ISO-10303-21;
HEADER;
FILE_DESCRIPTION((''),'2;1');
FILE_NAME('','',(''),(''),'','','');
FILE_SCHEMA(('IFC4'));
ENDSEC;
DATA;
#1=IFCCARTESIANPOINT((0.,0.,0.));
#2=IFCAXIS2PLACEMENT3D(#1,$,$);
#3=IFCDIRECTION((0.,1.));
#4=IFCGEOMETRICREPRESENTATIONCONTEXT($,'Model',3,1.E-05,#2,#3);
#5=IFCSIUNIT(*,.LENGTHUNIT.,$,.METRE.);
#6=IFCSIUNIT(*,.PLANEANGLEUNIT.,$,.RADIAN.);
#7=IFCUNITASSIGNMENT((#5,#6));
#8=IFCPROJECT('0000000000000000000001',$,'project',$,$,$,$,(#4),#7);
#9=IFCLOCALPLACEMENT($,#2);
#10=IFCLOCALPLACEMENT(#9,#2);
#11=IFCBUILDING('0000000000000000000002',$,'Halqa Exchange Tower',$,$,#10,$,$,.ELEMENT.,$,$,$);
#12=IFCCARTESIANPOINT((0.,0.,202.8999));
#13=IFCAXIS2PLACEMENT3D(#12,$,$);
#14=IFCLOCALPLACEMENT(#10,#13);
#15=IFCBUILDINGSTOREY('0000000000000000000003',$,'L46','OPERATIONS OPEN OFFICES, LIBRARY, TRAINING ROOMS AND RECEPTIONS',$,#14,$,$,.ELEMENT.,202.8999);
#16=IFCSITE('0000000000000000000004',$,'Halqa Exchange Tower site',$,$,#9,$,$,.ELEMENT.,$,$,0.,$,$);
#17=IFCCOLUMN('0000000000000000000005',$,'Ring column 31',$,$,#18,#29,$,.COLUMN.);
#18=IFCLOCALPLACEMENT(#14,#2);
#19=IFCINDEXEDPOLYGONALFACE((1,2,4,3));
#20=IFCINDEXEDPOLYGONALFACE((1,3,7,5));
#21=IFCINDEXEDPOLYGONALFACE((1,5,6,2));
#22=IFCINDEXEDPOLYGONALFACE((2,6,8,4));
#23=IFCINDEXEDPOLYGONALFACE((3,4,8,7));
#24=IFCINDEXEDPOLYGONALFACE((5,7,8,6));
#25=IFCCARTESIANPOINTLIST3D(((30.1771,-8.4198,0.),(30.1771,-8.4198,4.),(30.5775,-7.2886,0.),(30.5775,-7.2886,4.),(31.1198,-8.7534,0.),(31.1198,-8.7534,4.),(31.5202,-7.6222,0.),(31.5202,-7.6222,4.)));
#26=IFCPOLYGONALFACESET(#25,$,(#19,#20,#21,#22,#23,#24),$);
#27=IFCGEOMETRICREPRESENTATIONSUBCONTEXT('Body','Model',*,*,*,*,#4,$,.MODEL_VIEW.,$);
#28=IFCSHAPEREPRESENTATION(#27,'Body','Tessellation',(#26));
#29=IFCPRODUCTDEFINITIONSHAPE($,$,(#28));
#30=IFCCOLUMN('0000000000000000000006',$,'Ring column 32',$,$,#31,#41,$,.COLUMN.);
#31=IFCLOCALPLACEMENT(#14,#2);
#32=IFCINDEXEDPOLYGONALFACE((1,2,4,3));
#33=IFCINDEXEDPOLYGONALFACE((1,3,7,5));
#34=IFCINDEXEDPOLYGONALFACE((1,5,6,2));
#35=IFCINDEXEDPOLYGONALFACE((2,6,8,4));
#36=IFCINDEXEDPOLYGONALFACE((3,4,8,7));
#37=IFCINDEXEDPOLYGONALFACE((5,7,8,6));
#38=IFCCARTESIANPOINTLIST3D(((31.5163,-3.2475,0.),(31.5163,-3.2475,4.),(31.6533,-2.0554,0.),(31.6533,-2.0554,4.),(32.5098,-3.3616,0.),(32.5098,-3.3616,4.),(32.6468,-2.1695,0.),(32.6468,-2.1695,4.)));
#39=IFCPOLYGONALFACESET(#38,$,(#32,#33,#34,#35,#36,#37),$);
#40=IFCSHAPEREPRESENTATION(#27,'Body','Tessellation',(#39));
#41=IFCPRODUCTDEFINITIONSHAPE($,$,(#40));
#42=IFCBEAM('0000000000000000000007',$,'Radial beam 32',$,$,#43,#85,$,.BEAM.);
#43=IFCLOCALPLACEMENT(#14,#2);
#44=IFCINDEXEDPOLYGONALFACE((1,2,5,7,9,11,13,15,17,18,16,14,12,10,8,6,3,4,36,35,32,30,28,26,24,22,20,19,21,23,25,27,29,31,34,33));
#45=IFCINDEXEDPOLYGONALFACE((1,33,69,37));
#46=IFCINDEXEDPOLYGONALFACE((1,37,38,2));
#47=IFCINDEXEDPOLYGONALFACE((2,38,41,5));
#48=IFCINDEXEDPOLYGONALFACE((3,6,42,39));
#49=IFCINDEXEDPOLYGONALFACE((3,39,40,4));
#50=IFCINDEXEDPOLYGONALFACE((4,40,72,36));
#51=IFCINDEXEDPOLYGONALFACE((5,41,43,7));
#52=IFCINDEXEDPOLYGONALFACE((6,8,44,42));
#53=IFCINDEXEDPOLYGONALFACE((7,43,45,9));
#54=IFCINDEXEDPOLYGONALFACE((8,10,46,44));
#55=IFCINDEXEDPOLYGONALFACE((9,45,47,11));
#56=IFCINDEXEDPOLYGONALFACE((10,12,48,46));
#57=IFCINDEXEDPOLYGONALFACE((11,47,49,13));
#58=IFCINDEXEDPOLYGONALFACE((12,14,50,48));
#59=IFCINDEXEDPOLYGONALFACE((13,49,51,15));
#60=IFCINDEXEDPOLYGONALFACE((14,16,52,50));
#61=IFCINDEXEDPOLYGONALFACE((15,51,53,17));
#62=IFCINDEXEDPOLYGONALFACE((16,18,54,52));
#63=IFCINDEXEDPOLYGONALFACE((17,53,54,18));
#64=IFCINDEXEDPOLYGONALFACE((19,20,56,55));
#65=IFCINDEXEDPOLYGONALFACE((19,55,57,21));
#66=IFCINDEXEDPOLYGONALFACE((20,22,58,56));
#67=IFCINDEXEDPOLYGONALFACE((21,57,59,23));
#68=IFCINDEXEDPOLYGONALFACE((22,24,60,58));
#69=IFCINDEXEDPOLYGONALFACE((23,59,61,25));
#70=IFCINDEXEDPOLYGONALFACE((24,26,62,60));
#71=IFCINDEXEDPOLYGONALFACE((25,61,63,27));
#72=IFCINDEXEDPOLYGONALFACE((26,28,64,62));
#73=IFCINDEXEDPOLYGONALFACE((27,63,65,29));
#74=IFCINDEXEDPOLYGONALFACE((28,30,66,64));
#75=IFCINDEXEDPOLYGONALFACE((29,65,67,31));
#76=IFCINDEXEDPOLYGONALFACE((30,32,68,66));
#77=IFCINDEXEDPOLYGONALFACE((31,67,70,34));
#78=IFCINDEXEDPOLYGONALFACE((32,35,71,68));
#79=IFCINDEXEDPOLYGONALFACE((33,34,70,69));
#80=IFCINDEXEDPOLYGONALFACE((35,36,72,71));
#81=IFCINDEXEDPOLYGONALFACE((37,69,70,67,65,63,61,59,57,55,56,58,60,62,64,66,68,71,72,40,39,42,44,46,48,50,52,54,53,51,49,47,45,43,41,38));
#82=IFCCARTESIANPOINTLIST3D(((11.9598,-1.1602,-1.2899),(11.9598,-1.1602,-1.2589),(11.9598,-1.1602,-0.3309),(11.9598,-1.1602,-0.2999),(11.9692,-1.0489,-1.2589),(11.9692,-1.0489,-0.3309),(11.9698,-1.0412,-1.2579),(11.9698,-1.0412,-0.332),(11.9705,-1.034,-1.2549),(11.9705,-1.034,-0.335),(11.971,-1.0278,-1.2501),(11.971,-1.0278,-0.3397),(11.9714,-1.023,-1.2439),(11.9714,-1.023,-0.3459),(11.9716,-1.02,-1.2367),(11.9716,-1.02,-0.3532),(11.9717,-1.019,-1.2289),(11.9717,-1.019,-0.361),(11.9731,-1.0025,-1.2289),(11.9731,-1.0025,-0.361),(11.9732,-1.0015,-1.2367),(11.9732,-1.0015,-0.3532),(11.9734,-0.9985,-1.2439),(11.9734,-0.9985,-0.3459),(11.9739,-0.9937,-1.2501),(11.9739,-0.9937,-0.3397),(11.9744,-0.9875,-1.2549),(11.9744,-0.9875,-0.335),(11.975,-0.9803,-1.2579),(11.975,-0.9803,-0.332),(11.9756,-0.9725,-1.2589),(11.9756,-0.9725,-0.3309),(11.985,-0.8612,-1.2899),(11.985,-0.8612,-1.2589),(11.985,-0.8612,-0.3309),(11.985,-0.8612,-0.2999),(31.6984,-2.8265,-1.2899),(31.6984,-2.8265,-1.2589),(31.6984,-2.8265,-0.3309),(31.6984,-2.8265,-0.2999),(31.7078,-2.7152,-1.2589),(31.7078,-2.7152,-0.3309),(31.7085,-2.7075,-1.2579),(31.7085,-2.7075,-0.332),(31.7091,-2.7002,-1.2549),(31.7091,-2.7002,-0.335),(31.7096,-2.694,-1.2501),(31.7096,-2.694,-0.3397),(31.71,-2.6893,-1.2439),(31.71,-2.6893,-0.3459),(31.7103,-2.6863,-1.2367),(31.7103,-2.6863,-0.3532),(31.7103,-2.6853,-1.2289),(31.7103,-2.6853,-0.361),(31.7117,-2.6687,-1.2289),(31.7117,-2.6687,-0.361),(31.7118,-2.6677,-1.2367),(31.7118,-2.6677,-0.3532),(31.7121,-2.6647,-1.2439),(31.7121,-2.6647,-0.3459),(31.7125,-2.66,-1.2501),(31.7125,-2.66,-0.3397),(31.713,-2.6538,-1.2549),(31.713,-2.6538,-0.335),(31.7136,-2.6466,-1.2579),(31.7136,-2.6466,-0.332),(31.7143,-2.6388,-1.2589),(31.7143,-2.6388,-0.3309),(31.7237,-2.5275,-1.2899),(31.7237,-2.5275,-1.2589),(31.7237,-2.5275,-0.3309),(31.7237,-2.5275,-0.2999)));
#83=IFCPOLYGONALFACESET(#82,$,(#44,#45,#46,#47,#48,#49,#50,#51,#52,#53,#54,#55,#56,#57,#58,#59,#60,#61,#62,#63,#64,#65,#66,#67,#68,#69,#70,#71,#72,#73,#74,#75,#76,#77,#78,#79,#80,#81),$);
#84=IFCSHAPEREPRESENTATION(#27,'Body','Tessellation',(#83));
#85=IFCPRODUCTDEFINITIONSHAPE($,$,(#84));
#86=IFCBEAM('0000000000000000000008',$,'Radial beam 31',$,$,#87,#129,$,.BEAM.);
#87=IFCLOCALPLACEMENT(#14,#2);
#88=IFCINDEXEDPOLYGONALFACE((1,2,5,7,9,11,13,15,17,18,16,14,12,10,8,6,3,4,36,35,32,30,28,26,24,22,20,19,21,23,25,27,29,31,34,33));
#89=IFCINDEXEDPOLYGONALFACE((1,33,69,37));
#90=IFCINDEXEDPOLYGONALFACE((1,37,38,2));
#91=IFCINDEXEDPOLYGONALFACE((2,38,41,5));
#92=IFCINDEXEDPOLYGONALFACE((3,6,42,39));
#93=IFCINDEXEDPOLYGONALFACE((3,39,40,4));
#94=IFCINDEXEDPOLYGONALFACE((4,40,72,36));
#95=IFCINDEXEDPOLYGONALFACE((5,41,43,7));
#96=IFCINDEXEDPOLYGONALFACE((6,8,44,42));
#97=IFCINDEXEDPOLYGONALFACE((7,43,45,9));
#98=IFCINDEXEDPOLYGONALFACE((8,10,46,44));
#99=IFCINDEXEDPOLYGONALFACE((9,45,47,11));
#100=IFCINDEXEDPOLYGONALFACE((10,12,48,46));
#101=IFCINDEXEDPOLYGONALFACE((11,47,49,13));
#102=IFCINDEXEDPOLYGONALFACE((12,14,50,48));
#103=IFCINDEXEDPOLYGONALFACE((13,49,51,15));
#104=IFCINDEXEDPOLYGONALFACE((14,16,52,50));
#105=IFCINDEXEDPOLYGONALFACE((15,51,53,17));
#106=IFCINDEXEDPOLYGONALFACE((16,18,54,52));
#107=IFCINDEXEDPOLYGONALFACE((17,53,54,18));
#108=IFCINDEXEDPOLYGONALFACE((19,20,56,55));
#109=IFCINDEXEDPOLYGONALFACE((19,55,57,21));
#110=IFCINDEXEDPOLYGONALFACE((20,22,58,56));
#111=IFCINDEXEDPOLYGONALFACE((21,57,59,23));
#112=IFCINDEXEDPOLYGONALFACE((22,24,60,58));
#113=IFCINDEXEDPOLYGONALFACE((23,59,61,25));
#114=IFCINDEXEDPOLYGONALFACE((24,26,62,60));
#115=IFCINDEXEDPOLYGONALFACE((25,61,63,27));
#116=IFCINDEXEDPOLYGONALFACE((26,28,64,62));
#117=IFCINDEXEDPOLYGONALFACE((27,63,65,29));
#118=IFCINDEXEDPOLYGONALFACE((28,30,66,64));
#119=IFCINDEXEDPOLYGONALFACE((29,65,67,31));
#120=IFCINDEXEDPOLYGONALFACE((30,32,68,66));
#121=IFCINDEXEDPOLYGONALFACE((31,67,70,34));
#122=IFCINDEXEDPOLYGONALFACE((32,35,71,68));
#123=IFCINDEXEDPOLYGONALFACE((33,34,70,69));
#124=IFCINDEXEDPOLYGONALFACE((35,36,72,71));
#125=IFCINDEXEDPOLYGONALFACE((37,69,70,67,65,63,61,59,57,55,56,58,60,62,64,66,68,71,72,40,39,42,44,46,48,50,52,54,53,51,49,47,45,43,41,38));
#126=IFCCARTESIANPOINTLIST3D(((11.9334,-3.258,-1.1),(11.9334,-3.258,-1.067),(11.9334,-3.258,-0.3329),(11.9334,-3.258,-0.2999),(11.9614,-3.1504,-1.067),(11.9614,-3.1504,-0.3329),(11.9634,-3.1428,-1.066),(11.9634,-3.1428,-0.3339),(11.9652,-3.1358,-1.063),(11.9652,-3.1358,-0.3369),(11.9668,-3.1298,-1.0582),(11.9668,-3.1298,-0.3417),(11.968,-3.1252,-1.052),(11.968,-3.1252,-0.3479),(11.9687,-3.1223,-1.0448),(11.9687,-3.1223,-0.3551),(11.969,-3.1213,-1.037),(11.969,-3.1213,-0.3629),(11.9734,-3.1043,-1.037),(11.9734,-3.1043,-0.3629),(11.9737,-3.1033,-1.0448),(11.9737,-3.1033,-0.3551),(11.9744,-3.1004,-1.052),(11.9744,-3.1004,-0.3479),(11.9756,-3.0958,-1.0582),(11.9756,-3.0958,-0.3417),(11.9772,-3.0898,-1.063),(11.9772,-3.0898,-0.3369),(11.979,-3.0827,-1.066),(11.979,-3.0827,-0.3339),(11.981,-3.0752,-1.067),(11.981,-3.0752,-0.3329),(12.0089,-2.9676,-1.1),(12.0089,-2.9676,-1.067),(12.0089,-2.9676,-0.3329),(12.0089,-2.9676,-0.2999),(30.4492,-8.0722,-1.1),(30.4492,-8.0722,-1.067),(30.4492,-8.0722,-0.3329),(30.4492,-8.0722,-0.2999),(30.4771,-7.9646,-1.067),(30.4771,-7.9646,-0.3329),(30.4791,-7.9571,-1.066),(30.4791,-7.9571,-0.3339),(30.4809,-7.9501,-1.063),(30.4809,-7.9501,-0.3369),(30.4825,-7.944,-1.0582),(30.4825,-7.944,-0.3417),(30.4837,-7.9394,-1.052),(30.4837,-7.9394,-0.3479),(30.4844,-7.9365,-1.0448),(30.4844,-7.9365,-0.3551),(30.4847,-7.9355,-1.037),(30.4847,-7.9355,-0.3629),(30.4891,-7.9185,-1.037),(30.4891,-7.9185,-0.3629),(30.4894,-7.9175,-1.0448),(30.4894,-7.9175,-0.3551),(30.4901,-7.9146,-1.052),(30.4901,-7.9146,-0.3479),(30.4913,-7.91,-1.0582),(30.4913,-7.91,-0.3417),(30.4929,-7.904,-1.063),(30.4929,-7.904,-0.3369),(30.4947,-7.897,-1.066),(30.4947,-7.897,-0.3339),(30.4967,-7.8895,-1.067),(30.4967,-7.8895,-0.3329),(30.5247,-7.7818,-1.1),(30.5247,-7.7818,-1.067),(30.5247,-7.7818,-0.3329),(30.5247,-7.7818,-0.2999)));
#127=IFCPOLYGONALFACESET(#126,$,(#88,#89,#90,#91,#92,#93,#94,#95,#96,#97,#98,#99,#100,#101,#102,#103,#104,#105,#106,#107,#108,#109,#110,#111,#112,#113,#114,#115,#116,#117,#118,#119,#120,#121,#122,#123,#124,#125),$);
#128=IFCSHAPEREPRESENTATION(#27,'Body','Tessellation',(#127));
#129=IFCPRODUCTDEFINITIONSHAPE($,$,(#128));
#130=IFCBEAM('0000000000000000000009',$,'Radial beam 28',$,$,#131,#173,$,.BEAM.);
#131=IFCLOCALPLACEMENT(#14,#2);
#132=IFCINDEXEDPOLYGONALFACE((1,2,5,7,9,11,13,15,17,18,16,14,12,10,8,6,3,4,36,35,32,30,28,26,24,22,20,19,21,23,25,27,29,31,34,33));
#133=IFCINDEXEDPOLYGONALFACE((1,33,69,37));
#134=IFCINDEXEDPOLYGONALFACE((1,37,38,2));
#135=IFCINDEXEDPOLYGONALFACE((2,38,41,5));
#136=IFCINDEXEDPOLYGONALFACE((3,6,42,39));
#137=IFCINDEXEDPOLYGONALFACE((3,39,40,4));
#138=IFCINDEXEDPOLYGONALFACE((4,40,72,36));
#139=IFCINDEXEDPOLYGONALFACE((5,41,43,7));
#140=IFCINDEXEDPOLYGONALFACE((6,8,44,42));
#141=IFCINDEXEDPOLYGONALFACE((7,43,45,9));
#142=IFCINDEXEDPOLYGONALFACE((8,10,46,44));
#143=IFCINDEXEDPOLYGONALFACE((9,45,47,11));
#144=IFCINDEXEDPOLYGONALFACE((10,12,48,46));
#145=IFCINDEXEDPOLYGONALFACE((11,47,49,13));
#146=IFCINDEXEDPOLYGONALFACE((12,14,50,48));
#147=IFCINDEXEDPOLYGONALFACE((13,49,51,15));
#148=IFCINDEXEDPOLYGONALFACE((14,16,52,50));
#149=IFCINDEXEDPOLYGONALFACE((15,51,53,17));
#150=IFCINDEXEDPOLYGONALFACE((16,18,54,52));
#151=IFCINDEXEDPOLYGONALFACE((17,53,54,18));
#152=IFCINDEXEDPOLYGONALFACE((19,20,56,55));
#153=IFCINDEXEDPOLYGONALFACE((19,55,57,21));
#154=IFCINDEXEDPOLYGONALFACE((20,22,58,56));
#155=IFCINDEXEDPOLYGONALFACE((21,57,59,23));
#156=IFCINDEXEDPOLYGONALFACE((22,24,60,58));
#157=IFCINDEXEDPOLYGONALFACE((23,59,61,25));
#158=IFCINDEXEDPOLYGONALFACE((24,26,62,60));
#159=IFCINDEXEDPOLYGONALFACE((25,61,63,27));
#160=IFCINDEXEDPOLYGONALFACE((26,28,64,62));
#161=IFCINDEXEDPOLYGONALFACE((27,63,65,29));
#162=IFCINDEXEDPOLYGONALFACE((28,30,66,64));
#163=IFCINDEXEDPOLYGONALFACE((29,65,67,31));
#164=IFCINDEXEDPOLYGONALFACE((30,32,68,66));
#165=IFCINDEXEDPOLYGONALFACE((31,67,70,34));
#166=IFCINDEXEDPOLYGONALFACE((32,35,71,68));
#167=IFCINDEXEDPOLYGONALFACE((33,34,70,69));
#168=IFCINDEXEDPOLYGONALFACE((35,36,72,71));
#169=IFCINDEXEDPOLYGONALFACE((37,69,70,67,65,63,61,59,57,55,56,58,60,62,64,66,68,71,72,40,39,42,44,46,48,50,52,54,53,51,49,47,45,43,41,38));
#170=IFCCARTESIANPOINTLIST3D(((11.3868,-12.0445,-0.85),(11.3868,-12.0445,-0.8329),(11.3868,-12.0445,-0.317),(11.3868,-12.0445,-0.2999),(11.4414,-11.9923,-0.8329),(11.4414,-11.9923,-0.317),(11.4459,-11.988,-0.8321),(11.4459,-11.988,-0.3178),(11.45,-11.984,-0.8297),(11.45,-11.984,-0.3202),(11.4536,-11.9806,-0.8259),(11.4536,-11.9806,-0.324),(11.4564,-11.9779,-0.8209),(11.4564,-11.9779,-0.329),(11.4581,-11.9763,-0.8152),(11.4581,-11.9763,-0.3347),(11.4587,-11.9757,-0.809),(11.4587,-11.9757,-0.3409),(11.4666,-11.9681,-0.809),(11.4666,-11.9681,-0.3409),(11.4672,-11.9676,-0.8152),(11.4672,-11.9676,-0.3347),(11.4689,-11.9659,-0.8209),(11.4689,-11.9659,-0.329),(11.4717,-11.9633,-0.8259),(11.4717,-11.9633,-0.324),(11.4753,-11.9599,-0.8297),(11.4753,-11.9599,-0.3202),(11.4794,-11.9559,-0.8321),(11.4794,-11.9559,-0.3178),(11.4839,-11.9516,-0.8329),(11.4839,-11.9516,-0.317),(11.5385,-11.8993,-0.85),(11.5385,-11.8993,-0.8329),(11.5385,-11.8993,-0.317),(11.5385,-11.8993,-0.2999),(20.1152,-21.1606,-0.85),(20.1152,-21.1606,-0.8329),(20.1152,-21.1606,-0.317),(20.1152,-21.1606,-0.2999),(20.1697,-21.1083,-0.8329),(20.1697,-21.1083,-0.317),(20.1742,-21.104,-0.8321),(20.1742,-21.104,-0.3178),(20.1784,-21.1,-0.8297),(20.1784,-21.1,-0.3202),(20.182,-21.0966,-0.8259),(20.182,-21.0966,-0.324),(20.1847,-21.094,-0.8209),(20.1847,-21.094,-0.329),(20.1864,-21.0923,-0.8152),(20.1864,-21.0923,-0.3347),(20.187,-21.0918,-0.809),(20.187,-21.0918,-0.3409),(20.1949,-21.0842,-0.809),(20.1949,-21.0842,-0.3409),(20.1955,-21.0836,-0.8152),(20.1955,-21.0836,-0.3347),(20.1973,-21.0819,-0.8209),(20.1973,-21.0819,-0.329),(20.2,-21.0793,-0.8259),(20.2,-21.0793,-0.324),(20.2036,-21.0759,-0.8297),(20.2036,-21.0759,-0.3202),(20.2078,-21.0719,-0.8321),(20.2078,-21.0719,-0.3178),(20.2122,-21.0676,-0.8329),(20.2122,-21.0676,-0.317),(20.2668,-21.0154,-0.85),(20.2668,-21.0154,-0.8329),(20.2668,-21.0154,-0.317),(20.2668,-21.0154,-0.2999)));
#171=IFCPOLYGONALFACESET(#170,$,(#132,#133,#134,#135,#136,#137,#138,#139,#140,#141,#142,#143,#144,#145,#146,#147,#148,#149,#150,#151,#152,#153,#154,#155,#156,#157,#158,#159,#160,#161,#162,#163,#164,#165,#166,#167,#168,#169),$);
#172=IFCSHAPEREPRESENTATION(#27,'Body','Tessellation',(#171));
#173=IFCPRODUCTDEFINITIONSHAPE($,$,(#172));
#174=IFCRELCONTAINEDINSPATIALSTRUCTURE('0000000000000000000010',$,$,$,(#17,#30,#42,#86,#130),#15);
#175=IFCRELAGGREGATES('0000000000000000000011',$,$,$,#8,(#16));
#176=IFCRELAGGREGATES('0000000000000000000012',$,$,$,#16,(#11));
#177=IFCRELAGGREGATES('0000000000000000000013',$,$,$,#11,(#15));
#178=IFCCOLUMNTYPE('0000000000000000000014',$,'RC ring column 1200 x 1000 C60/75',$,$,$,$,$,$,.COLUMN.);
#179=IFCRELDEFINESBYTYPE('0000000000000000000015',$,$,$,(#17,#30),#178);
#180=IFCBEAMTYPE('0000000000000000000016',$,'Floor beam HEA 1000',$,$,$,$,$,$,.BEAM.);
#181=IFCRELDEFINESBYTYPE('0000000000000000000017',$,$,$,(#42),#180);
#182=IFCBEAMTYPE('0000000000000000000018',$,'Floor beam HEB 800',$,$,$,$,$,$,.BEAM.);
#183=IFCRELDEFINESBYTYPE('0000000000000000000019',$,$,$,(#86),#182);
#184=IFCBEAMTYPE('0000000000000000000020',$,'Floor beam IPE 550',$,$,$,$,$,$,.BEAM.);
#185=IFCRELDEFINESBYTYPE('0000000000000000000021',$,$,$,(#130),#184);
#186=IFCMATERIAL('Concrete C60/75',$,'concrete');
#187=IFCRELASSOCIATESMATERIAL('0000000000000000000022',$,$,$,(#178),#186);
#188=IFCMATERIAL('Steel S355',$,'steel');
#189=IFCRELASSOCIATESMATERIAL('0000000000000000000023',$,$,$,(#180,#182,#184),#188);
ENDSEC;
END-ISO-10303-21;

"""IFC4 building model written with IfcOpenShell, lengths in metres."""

from ifc_helpers import new_model, si_unit, direction, frame, origin, origin_2d, place, context, subcontext, project, spatial, rectangle, i_section, extrude, material, material_profile, profile_set, type_object, element, save


model = new_model("IFC4")

# Units and contexts
model_context = context("Model", 3, precision=1e-05, world=origin(), true_north=direction((0.0, 1.0)))
body_context = subcontext(model_context, "Body", "Model", "MODEL_VIEW")
ifc_project = project(units=[si_unit("LENGTHUNIT", "METRE"), si_unit("PLANEANGLEUNIT", "RADIAN")], contexts=[model_context])

# Site, building, storey
site_placement = place(None, origin())
site = spatial("IfcSite", under=ifc_project, at=site_placement, Name="Halqa Exchange Tower site", CompositionType="ELEMENT", RefElevation=0.0)
building_placement = place(site_placement, origin())
building = spatial("IfcBuilding", under=site, at=building_placement, Name="Halqa Exchange Tower", CompositionType="ELEMENT")
storey_placement = place(building_placement, frame((0.0, 0.0, 202.8999)))
storey = spatial("IfcBuildingStorey", under=building, at=storey_placement, Name="L46", Description="OPERATIONS OPEN OFFICES, LIBRARY, TRAINING ROOMS AND RECEPTIONS", CompositionType="ELEMENT", Elevation=202.8999)

# Columns
ifc_material_1 = material(Name="Concrete C60/75", Category="concrete")
ifc_material_profile_1 = material_profile(ifc_material_1, rectangle(XDim=1.2, YDim=1.0, at=origin_2d()), Name="1200 x 1000")
ifc_profile_set_1 = profile_set([ifc_material_profile_1], Name="Concrete C60/75")
column_type = type_object("IfcColumnType", Name="RC ring column 1200 x 1000 C60/75", PredefinedType="COLUMN", material=ifc_profile_set_1)
for number, where, z_axis, x_axis, name in (
    (1, (30.8486, -8.021, 0.0), (0.0, 0.0, 1.0), (0.333632, 0.942703, 0.0), "Ring column 31"),
    (2, (32.0815, -2.7085, 0.0), (0.0, 0.0, 1.0), (0.114157, 0.993463, 0.0), "Ring column 32"),
):
    element("IfcColumn", number, at=place(storey_placement, frame(where, z_axis=z_axis, x_axis=x_axis)), inside=storey, type_object=column_type, Name=name, PredefinedType="COLUMN", context=body_context, shape_type="SweptSolid", body=[
        extrude(rectangle(XDim=1.2, YDim=1.0, at=origin_2d()), origin(), (0.0, 0.0, 1.0), 4.0),
    ])

# Beams
ifc_material_2 = material(Name="Steel S355", Category="steel")
ifc_material_profile_2 = material_profile(ifc_material_2, i_section(OverallWidth=0.3, OverallDepth=0.99, WebThickness=0.0166, FlangeThickness=0.031, FilletRadius=0.03, at=origin_2d()), Name="HEA 1000")
ifc_profile_set_2 = profile_set([ifc_material_profile_2], Name="Steel S355")
beam_type_1 = type_object("IfcBeamType", Name="Floor beam HEA 1000", PredefinedType="BEAM", material=ifc_profile_set_2)
beam_1_placement = place(storey_placement, frame((11.9724, -1.0107, -0.7949), z_axis=(0.996456, -0.084117, 0.0), x_axis=(0.084117, 0.996456, 0.0)))
element("IfcBeam", 3, at=beam_1_placement, inside=storey, type_object=beam_type_1, Name="Radial beam 32", PredefinedType="BEAM", context=body_context, shape_type="SweptSolid", body=[
    extrude(i_section(OverallWidth=0.3, OverallDepth=0.99, WebThickness=0.0166, FlangeThickness=0.031, FilletRadius=0.03, at=origin_2d()), origin(), (0.0, 0.0, 1.0), 19.8088),
])
ifc_material_profile_3 = material_profile(ifc_material_2, i_section(OverallWidth=0.3, OverallDepth=0.8, WebThickness=0.0176, FlangeThickness=0.033, FilletRadius=0.03, at=origin_2d()), Name="HEB 800")
ifc_profile_set_3 = profile_set([ifc_material_profile_3], Name="Steel S355")
beam_type_2 = type_object("IfcBeamType", Name="Floor beam HEB 800", PredefinedType="BEAM", material=ifc_profile_set_3)
beam_2_placement = place(storey_placement, frame((11.9712, -3.1128, -0.7), z_axis=(0.967821, -0.251641, 0.0), x_axis=(0.251641, 0.967821, 0.0)))
element("IfcBeam", 4, at=beam_2_placement, inside=storey, type_object=beam_type_2, Name="Radial beam 31", PredefinedType="BEAM", context=body_context, shape_type="SweptSolid", body=[
    extrude(i_section(OverallWidth=0.3, OverallDepth=0.8, WebThickness=0.0176, FlangeThickness=0.033, FilletRadius=0.03, at=origin_2d()), origin(), (0.0, 0.0, 1.0), 19.1313),
])
ifc_material_profile_4 = material_profile(ifc_material_2, i_section(OverallWidth=0.21, OverallDepth=0.55, WebThickness=0.011, FlangeThickness=0.0171, FilletRadius=0.0239, at=origin_2d()), Name="IPE 550")
ifc_profile_set_4 = profile_set([ifc_material_profile_4], Name="Steel S355")
beam_type_3 = type_object("IfcBeamType", Name="Floor beam IPE 550", PredefinedType="BEAM", material=ifc_profile_set_4)
beam_3_placement = place(storey_placement, frame((11.4626, -11.9719, -0.575), z_axis=(0.691581, -0.722299, 0.0), x_axis=(0.722299, 0.691581, 0.0)))
element("IfcBeam", 5, at=beam_3_placement, inside=storey, type_object=beam_type_3, Name="Radial beam 28", PredefinedType="BEAM", context=body_context, shape_type="SweptSolid", body=[
    extrude(i_section(OverallWidth=0.21, OverallDepth=0.55, WebThickness=0.011, FlangeThickness=0.0171, FilletRadius=0.0239, at=origin_2d()), origin(), (0.0, 0.0, 1.0), 12.6208),
])

save(model, "model.ifc")
